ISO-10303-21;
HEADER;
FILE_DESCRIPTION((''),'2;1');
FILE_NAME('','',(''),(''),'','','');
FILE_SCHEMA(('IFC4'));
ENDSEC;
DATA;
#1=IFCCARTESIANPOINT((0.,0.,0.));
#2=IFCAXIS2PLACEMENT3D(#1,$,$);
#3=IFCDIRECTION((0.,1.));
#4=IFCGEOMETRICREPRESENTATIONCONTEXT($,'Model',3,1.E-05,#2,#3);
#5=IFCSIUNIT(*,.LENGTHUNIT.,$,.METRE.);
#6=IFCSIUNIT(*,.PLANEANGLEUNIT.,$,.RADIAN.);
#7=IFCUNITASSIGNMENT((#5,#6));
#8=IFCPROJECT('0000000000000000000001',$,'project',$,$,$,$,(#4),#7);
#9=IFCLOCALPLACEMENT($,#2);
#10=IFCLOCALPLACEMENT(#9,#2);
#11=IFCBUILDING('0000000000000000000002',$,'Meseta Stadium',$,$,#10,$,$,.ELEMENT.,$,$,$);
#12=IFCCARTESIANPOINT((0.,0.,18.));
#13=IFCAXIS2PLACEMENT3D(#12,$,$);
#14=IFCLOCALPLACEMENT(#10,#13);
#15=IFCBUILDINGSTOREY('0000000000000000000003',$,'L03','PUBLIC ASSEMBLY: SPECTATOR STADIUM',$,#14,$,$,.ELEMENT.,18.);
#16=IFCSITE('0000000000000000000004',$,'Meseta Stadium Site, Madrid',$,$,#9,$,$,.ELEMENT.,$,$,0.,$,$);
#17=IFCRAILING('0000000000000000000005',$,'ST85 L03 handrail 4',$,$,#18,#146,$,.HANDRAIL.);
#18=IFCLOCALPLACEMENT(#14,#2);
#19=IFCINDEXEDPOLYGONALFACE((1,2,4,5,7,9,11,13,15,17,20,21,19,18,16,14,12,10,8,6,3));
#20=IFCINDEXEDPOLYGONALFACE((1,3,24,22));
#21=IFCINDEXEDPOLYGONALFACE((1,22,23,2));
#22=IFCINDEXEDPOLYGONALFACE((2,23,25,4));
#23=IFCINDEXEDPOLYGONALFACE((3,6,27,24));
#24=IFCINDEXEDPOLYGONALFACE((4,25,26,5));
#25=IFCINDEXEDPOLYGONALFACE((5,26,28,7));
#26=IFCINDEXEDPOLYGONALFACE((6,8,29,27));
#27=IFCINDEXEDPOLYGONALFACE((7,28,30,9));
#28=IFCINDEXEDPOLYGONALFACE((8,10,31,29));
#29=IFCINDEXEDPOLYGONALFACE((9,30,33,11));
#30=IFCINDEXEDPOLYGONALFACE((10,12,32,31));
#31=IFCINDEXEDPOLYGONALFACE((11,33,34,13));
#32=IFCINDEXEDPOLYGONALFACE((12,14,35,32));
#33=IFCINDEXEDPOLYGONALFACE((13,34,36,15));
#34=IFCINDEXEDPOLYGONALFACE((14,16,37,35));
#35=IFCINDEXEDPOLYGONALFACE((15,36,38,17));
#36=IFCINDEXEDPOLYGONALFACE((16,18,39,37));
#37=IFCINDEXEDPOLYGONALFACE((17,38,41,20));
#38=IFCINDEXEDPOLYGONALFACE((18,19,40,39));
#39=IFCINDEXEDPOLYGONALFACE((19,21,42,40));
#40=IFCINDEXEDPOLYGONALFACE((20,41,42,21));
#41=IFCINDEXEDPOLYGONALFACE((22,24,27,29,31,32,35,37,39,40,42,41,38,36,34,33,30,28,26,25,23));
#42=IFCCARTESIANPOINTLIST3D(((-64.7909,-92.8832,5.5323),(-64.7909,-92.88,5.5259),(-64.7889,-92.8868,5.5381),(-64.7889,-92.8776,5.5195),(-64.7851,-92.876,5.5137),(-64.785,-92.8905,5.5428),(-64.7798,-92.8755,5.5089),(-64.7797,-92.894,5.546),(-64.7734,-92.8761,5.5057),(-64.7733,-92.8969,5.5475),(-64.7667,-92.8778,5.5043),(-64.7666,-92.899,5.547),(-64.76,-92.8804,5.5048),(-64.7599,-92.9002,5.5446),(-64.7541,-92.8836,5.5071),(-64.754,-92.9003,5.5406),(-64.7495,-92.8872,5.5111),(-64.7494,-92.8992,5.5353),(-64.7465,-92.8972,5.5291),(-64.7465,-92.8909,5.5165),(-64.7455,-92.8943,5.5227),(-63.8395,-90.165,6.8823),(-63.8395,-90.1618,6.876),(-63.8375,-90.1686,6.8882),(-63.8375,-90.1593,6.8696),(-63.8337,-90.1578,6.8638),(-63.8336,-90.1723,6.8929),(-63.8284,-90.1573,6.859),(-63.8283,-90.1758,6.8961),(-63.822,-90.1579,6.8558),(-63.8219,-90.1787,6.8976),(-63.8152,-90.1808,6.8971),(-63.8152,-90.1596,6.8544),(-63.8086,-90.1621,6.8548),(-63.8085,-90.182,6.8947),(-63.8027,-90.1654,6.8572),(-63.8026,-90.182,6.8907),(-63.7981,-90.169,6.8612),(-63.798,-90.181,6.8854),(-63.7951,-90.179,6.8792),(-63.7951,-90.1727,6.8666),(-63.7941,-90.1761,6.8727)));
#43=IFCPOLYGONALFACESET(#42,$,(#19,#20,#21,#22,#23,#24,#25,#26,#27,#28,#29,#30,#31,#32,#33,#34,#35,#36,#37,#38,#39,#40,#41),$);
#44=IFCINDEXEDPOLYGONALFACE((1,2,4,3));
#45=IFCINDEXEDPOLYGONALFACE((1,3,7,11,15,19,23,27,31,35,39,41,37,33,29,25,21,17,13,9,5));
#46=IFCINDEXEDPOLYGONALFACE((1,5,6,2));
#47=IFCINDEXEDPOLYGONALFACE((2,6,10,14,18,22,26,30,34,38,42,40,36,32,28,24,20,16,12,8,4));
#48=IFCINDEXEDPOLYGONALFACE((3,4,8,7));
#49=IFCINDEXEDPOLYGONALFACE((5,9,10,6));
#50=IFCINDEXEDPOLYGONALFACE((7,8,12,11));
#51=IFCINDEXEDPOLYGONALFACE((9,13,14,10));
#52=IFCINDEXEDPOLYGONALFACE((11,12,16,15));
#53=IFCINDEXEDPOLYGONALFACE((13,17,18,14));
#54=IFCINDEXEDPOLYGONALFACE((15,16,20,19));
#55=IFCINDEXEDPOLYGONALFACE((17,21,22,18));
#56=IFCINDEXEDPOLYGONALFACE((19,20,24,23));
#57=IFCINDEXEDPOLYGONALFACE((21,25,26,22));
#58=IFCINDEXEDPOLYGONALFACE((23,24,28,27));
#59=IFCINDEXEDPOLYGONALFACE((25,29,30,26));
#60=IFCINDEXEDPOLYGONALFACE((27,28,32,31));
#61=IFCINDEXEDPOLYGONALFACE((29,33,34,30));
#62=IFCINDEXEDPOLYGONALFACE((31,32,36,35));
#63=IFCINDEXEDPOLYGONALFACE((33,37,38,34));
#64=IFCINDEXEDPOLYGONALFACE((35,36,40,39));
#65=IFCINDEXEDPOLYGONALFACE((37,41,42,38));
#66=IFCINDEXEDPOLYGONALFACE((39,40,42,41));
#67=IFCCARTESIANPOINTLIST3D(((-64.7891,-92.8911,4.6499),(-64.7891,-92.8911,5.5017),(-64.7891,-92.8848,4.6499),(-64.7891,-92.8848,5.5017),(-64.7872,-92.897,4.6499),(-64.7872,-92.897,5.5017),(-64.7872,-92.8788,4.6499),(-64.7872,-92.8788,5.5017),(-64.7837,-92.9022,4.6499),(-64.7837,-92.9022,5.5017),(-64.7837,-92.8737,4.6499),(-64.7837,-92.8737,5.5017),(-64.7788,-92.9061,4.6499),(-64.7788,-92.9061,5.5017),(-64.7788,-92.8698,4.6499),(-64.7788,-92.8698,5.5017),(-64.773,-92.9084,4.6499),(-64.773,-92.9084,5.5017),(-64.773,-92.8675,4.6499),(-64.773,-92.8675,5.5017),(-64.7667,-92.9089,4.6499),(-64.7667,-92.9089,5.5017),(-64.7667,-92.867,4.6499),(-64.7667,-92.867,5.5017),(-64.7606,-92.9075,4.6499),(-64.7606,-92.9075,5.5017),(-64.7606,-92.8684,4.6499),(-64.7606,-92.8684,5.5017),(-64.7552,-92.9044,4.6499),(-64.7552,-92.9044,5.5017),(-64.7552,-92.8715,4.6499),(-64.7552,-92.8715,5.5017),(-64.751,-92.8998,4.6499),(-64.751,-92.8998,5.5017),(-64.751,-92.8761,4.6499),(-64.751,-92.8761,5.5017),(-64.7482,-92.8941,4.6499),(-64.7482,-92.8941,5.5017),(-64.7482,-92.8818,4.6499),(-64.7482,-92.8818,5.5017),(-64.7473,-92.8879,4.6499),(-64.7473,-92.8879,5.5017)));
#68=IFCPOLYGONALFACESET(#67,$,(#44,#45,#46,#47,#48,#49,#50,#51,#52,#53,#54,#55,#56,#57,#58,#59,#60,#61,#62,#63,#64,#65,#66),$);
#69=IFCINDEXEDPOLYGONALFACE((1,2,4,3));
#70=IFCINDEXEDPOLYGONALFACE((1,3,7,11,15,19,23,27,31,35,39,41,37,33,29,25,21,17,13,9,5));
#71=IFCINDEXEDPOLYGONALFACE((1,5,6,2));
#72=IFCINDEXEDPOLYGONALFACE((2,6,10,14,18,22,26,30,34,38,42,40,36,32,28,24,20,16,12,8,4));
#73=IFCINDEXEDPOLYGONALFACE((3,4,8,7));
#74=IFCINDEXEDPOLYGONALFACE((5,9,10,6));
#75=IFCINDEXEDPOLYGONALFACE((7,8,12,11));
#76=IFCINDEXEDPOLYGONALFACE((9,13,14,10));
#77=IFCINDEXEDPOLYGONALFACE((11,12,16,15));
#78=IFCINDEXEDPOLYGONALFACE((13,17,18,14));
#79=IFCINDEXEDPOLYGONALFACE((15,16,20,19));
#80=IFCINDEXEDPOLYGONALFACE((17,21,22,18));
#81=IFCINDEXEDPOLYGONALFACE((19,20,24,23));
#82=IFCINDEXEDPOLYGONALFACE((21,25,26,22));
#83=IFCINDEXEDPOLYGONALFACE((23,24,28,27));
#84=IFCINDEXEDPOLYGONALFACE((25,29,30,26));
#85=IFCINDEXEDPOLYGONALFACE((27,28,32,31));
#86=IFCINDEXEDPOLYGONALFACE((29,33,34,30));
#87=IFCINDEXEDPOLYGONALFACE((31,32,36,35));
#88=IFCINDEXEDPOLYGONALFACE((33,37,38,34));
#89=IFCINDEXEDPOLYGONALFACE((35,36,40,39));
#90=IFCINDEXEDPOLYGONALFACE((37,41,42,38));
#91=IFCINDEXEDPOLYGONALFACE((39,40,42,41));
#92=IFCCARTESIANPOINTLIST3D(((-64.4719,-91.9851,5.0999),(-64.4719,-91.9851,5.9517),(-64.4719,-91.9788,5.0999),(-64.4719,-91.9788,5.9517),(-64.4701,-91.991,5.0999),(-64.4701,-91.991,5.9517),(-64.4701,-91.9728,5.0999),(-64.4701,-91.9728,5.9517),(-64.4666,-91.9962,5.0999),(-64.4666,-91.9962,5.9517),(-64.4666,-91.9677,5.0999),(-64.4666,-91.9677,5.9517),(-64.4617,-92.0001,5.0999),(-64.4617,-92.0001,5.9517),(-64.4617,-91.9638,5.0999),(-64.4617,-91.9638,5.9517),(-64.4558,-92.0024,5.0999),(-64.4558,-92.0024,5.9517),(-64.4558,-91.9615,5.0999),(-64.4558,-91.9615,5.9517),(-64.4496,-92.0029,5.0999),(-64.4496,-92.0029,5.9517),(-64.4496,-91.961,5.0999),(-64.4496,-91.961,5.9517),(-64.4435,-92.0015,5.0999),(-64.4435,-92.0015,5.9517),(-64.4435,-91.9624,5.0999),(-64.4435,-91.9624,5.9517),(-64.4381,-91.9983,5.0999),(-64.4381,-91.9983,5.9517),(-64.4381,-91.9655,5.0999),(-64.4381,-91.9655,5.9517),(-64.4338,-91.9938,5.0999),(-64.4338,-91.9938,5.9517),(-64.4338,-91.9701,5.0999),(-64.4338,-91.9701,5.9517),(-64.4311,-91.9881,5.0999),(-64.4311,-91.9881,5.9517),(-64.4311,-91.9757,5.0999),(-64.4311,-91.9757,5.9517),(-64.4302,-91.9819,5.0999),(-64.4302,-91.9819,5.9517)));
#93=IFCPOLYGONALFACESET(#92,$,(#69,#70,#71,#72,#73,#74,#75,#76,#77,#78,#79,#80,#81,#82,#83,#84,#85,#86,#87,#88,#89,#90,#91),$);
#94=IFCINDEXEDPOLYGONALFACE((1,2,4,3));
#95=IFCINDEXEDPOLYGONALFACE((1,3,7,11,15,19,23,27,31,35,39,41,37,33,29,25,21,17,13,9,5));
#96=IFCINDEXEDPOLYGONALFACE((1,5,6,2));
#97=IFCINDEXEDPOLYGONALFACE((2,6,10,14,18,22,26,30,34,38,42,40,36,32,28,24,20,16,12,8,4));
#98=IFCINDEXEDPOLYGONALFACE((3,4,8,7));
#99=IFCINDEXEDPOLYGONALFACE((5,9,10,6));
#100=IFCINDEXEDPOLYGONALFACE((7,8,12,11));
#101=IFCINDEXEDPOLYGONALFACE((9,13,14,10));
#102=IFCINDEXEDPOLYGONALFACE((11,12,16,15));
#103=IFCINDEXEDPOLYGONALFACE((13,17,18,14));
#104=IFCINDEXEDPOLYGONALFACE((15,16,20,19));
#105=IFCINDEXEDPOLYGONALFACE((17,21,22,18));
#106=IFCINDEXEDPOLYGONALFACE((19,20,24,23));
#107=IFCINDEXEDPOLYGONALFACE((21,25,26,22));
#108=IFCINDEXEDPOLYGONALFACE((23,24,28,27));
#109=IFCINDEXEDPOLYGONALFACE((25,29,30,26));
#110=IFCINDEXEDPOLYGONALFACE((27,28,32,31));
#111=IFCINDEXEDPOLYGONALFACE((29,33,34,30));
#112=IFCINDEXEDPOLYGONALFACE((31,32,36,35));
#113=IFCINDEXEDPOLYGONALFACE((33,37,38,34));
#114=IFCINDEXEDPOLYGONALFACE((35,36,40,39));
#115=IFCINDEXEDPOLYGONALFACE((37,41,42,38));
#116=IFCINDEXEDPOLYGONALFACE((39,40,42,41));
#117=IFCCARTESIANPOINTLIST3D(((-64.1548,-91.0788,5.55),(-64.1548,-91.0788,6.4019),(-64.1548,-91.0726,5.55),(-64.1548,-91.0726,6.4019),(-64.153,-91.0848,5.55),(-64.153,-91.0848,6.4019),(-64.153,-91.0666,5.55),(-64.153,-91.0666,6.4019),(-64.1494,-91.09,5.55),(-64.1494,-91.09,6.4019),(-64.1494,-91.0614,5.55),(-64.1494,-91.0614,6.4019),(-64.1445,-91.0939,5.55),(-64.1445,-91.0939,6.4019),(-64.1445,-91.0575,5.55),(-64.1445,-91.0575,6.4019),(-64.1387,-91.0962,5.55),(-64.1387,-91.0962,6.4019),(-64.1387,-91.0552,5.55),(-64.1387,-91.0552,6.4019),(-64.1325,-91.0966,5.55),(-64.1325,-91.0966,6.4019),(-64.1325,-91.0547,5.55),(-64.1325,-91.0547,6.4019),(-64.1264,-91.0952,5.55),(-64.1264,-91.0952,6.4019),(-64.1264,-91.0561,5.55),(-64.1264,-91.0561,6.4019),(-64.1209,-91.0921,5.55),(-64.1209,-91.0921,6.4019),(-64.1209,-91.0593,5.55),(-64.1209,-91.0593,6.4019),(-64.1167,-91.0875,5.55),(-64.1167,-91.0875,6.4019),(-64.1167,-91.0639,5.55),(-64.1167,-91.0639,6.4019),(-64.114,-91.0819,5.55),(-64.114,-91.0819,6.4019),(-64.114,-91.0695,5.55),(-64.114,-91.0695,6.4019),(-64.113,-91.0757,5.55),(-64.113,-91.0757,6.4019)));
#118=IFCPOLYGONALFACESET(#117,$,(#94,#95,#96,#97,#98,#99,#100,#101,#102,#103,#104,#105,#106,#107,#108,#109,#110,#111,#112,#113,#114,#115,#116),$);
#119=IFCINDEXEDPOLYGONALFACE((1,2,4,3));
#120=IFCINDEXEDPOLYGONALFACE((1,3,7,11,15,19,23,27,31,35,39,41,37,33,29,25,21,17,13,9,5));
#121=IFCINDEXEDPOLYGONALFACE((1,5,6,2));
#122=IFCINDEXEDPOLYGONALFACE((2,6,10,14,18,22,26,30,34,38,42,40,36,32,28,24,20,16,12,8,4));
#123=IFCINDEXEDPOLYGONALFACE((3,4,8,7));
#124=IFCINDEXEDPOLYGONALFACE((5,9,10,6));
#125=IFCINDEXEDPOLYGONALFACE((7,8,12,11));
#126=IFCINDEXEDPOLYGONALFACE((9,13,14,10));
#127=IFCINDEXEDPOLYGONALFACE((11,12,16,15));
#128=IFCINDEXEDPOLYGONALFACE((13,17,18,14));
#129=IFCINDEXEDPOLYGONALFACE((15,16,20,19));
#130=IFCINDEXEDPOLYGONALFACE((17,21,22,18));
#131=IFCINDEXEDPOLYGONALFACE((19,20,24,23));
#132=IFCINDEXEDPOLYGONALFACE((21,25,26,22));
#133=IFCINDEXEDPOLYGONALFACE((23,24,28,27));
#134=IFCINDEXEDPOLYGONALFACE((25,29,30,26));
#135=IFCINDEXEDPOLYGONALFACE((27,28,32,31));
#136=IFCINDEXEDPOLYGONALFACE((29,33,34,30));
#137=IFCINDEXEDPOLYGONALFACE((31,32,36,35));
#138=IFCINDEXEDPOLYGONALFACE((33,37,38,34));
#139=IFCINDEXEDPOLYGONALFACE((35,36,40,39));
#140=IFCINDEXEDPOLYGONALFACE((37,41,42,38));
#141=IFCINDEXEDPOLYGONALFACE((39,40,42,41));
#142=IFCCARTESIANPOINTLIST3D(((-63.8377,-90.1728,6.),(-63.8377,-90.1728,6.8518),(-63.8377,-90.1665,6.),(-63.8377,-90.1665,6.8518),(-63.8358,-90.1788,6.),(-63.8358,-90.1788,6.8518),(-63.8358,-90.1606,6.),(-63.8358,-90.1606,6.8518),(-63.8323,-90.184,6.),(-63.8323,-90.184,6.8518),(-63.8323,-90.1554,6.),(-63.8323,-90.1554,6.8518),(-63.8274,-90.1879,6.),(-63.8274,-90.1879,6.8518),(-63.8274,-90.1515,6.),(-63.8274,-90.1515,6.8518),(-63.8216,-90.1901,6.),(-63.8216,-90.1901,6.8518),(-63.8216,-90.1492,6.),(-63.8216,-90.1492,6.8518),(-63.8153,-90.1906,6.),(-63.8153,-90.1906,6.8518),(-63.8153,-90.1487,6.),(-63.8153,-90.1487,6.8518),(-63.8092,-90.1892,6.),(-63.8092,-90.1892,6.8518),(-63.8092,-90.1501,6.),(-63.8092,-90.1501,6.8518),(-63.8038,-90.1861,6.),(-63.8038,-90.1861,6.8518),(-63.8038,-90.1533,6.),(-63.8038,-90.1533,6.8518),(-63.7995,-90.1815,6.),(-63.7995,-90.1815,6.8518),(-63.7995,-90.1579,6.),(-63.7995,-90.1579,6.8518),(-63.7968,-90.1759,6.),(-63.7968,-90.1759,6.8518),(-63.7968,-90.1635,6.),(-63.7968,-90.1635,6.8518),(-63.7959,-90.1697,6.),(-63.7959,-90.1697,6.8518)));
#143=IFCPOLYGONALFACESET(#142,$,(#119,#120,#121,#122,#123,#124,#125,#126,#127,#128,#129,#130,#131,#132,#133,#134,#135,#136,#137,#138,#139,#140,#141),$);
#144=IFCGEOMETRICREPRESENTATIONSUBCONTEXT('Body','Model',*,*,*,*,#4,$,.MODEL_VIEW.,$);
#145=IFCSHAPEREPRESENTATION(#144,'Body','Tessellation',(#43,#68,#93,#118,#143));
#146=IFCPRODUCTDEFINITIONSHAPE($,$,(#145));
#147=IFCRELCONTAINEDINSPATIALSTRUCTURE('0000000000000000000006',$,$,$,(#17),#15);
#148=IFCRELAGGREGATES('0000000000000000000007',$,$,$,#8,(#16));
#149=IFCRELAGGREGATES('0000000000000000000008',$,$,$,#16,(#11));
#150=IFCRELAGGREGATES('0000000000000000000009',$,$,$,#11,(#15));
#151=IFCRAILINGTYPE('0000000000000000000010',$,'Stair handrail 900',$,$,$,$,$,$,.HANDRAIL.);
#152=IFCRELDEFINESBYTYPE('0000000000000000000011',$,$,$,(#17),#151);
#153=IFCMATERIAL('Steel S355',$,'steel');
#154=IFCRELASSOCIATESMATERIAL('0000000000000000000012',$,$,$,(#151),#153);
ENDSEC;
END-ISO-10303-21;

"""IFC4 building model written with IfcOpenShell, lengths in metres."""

from ifc_helpers import new_model, si_unit, direction, frame, origin, origin_2d, place, context, subcontext, project, spatial, circle, extrude, material, type_object, element, save


model = new_model("IFC4")

# Units and contexts
model_context = context("Model", 3, precision=1e-05, world=origin(), true_north=direction((0.0, 1.0)))
body_context = subcontext(model_context, "Body", "Model", "MODEL_VIEW")
ifc_project = project(units=[si_unit("LENGTHUNIT", "METRE"), si_unit("PLANEANGLEUNIT", "RADIAN")], contexts=[model_context])

# Site, building, storey
site_placement = place(None, origin())
site = spatial("IfcSite", under=ifc_project, at=site_placement, Name="Meseta Stadium Site, Madrid", CompositionType="ELEMENT", RefElevation=0.0)
building_placement = place(site_placement, origin())
building = spatial("IfcBuilding", under=site, at=building_placement, Name="Meseta Stadium", CompositionType="ELEMENT")
storey_placement = place(building_placement, frame((0.0, 0.0, 18.0)))
storey = spatial("IfcBuildingStorey", under=building, at=storey_placement, Name="L03", Description="PUBLIC ASSEMBLY: SPECTATOR STADIUM", CompositionType="ELEMENT", Elevation=18.0)

# Railing
ifc_material_1 = material(Name="Steel S355", Category="steel")
railing_type_1 = type_object("IfcRailingType", Name="Stair handrail 900", PredefinedType="HANDRAIL", material=ifc_material_1)
for number, where, name in (
    (1, (-64.7683, -92.8879, 4.6499), "ST85 L03 handrail 4"),
):
    element("IfcRailing", number, at=place(storey_placement, frame(where)), inside=storey, type_object=railing_type_1, Name=name, PredefinedType="HANDRAIL", context=body_context, shape_type="SweptSolid", body=[
        extrude(circle(Radius=0.0239, at=origin_2d()), frame((0.0, 0.0, 0.876), z_axis=(0.299121, 0.854609, 0.424465), x_axis=(-0.943856, 0.330358, 0.0)), (0.0, 0.0, 1.0), 3.1807),
        extrude(circle(Radius=0.021, at=origin_2d()), origin(), (0.0, 0.0, 1.0), 0.8518),
        extrude(circle(Radius=0.021, at=origin_2d()), frame((0.3171, 0.906, 0.45)), (0.0, 0.0, 1.0), 0.8518),
        extrude(circle(Radius=0.021, at=origin_2d()), frame((0.6343, 1.8123, 0.9001)), (0.0, 0.0, 1.0), 0.8518),
        extrude(circle(Radius=0.021, at=origin_2d()), frame((0.9514, 2.7183, 1.3501)), (0.0, 0.0, 1.0), 0.8518),
    ])

save(model, "model.ifc")
